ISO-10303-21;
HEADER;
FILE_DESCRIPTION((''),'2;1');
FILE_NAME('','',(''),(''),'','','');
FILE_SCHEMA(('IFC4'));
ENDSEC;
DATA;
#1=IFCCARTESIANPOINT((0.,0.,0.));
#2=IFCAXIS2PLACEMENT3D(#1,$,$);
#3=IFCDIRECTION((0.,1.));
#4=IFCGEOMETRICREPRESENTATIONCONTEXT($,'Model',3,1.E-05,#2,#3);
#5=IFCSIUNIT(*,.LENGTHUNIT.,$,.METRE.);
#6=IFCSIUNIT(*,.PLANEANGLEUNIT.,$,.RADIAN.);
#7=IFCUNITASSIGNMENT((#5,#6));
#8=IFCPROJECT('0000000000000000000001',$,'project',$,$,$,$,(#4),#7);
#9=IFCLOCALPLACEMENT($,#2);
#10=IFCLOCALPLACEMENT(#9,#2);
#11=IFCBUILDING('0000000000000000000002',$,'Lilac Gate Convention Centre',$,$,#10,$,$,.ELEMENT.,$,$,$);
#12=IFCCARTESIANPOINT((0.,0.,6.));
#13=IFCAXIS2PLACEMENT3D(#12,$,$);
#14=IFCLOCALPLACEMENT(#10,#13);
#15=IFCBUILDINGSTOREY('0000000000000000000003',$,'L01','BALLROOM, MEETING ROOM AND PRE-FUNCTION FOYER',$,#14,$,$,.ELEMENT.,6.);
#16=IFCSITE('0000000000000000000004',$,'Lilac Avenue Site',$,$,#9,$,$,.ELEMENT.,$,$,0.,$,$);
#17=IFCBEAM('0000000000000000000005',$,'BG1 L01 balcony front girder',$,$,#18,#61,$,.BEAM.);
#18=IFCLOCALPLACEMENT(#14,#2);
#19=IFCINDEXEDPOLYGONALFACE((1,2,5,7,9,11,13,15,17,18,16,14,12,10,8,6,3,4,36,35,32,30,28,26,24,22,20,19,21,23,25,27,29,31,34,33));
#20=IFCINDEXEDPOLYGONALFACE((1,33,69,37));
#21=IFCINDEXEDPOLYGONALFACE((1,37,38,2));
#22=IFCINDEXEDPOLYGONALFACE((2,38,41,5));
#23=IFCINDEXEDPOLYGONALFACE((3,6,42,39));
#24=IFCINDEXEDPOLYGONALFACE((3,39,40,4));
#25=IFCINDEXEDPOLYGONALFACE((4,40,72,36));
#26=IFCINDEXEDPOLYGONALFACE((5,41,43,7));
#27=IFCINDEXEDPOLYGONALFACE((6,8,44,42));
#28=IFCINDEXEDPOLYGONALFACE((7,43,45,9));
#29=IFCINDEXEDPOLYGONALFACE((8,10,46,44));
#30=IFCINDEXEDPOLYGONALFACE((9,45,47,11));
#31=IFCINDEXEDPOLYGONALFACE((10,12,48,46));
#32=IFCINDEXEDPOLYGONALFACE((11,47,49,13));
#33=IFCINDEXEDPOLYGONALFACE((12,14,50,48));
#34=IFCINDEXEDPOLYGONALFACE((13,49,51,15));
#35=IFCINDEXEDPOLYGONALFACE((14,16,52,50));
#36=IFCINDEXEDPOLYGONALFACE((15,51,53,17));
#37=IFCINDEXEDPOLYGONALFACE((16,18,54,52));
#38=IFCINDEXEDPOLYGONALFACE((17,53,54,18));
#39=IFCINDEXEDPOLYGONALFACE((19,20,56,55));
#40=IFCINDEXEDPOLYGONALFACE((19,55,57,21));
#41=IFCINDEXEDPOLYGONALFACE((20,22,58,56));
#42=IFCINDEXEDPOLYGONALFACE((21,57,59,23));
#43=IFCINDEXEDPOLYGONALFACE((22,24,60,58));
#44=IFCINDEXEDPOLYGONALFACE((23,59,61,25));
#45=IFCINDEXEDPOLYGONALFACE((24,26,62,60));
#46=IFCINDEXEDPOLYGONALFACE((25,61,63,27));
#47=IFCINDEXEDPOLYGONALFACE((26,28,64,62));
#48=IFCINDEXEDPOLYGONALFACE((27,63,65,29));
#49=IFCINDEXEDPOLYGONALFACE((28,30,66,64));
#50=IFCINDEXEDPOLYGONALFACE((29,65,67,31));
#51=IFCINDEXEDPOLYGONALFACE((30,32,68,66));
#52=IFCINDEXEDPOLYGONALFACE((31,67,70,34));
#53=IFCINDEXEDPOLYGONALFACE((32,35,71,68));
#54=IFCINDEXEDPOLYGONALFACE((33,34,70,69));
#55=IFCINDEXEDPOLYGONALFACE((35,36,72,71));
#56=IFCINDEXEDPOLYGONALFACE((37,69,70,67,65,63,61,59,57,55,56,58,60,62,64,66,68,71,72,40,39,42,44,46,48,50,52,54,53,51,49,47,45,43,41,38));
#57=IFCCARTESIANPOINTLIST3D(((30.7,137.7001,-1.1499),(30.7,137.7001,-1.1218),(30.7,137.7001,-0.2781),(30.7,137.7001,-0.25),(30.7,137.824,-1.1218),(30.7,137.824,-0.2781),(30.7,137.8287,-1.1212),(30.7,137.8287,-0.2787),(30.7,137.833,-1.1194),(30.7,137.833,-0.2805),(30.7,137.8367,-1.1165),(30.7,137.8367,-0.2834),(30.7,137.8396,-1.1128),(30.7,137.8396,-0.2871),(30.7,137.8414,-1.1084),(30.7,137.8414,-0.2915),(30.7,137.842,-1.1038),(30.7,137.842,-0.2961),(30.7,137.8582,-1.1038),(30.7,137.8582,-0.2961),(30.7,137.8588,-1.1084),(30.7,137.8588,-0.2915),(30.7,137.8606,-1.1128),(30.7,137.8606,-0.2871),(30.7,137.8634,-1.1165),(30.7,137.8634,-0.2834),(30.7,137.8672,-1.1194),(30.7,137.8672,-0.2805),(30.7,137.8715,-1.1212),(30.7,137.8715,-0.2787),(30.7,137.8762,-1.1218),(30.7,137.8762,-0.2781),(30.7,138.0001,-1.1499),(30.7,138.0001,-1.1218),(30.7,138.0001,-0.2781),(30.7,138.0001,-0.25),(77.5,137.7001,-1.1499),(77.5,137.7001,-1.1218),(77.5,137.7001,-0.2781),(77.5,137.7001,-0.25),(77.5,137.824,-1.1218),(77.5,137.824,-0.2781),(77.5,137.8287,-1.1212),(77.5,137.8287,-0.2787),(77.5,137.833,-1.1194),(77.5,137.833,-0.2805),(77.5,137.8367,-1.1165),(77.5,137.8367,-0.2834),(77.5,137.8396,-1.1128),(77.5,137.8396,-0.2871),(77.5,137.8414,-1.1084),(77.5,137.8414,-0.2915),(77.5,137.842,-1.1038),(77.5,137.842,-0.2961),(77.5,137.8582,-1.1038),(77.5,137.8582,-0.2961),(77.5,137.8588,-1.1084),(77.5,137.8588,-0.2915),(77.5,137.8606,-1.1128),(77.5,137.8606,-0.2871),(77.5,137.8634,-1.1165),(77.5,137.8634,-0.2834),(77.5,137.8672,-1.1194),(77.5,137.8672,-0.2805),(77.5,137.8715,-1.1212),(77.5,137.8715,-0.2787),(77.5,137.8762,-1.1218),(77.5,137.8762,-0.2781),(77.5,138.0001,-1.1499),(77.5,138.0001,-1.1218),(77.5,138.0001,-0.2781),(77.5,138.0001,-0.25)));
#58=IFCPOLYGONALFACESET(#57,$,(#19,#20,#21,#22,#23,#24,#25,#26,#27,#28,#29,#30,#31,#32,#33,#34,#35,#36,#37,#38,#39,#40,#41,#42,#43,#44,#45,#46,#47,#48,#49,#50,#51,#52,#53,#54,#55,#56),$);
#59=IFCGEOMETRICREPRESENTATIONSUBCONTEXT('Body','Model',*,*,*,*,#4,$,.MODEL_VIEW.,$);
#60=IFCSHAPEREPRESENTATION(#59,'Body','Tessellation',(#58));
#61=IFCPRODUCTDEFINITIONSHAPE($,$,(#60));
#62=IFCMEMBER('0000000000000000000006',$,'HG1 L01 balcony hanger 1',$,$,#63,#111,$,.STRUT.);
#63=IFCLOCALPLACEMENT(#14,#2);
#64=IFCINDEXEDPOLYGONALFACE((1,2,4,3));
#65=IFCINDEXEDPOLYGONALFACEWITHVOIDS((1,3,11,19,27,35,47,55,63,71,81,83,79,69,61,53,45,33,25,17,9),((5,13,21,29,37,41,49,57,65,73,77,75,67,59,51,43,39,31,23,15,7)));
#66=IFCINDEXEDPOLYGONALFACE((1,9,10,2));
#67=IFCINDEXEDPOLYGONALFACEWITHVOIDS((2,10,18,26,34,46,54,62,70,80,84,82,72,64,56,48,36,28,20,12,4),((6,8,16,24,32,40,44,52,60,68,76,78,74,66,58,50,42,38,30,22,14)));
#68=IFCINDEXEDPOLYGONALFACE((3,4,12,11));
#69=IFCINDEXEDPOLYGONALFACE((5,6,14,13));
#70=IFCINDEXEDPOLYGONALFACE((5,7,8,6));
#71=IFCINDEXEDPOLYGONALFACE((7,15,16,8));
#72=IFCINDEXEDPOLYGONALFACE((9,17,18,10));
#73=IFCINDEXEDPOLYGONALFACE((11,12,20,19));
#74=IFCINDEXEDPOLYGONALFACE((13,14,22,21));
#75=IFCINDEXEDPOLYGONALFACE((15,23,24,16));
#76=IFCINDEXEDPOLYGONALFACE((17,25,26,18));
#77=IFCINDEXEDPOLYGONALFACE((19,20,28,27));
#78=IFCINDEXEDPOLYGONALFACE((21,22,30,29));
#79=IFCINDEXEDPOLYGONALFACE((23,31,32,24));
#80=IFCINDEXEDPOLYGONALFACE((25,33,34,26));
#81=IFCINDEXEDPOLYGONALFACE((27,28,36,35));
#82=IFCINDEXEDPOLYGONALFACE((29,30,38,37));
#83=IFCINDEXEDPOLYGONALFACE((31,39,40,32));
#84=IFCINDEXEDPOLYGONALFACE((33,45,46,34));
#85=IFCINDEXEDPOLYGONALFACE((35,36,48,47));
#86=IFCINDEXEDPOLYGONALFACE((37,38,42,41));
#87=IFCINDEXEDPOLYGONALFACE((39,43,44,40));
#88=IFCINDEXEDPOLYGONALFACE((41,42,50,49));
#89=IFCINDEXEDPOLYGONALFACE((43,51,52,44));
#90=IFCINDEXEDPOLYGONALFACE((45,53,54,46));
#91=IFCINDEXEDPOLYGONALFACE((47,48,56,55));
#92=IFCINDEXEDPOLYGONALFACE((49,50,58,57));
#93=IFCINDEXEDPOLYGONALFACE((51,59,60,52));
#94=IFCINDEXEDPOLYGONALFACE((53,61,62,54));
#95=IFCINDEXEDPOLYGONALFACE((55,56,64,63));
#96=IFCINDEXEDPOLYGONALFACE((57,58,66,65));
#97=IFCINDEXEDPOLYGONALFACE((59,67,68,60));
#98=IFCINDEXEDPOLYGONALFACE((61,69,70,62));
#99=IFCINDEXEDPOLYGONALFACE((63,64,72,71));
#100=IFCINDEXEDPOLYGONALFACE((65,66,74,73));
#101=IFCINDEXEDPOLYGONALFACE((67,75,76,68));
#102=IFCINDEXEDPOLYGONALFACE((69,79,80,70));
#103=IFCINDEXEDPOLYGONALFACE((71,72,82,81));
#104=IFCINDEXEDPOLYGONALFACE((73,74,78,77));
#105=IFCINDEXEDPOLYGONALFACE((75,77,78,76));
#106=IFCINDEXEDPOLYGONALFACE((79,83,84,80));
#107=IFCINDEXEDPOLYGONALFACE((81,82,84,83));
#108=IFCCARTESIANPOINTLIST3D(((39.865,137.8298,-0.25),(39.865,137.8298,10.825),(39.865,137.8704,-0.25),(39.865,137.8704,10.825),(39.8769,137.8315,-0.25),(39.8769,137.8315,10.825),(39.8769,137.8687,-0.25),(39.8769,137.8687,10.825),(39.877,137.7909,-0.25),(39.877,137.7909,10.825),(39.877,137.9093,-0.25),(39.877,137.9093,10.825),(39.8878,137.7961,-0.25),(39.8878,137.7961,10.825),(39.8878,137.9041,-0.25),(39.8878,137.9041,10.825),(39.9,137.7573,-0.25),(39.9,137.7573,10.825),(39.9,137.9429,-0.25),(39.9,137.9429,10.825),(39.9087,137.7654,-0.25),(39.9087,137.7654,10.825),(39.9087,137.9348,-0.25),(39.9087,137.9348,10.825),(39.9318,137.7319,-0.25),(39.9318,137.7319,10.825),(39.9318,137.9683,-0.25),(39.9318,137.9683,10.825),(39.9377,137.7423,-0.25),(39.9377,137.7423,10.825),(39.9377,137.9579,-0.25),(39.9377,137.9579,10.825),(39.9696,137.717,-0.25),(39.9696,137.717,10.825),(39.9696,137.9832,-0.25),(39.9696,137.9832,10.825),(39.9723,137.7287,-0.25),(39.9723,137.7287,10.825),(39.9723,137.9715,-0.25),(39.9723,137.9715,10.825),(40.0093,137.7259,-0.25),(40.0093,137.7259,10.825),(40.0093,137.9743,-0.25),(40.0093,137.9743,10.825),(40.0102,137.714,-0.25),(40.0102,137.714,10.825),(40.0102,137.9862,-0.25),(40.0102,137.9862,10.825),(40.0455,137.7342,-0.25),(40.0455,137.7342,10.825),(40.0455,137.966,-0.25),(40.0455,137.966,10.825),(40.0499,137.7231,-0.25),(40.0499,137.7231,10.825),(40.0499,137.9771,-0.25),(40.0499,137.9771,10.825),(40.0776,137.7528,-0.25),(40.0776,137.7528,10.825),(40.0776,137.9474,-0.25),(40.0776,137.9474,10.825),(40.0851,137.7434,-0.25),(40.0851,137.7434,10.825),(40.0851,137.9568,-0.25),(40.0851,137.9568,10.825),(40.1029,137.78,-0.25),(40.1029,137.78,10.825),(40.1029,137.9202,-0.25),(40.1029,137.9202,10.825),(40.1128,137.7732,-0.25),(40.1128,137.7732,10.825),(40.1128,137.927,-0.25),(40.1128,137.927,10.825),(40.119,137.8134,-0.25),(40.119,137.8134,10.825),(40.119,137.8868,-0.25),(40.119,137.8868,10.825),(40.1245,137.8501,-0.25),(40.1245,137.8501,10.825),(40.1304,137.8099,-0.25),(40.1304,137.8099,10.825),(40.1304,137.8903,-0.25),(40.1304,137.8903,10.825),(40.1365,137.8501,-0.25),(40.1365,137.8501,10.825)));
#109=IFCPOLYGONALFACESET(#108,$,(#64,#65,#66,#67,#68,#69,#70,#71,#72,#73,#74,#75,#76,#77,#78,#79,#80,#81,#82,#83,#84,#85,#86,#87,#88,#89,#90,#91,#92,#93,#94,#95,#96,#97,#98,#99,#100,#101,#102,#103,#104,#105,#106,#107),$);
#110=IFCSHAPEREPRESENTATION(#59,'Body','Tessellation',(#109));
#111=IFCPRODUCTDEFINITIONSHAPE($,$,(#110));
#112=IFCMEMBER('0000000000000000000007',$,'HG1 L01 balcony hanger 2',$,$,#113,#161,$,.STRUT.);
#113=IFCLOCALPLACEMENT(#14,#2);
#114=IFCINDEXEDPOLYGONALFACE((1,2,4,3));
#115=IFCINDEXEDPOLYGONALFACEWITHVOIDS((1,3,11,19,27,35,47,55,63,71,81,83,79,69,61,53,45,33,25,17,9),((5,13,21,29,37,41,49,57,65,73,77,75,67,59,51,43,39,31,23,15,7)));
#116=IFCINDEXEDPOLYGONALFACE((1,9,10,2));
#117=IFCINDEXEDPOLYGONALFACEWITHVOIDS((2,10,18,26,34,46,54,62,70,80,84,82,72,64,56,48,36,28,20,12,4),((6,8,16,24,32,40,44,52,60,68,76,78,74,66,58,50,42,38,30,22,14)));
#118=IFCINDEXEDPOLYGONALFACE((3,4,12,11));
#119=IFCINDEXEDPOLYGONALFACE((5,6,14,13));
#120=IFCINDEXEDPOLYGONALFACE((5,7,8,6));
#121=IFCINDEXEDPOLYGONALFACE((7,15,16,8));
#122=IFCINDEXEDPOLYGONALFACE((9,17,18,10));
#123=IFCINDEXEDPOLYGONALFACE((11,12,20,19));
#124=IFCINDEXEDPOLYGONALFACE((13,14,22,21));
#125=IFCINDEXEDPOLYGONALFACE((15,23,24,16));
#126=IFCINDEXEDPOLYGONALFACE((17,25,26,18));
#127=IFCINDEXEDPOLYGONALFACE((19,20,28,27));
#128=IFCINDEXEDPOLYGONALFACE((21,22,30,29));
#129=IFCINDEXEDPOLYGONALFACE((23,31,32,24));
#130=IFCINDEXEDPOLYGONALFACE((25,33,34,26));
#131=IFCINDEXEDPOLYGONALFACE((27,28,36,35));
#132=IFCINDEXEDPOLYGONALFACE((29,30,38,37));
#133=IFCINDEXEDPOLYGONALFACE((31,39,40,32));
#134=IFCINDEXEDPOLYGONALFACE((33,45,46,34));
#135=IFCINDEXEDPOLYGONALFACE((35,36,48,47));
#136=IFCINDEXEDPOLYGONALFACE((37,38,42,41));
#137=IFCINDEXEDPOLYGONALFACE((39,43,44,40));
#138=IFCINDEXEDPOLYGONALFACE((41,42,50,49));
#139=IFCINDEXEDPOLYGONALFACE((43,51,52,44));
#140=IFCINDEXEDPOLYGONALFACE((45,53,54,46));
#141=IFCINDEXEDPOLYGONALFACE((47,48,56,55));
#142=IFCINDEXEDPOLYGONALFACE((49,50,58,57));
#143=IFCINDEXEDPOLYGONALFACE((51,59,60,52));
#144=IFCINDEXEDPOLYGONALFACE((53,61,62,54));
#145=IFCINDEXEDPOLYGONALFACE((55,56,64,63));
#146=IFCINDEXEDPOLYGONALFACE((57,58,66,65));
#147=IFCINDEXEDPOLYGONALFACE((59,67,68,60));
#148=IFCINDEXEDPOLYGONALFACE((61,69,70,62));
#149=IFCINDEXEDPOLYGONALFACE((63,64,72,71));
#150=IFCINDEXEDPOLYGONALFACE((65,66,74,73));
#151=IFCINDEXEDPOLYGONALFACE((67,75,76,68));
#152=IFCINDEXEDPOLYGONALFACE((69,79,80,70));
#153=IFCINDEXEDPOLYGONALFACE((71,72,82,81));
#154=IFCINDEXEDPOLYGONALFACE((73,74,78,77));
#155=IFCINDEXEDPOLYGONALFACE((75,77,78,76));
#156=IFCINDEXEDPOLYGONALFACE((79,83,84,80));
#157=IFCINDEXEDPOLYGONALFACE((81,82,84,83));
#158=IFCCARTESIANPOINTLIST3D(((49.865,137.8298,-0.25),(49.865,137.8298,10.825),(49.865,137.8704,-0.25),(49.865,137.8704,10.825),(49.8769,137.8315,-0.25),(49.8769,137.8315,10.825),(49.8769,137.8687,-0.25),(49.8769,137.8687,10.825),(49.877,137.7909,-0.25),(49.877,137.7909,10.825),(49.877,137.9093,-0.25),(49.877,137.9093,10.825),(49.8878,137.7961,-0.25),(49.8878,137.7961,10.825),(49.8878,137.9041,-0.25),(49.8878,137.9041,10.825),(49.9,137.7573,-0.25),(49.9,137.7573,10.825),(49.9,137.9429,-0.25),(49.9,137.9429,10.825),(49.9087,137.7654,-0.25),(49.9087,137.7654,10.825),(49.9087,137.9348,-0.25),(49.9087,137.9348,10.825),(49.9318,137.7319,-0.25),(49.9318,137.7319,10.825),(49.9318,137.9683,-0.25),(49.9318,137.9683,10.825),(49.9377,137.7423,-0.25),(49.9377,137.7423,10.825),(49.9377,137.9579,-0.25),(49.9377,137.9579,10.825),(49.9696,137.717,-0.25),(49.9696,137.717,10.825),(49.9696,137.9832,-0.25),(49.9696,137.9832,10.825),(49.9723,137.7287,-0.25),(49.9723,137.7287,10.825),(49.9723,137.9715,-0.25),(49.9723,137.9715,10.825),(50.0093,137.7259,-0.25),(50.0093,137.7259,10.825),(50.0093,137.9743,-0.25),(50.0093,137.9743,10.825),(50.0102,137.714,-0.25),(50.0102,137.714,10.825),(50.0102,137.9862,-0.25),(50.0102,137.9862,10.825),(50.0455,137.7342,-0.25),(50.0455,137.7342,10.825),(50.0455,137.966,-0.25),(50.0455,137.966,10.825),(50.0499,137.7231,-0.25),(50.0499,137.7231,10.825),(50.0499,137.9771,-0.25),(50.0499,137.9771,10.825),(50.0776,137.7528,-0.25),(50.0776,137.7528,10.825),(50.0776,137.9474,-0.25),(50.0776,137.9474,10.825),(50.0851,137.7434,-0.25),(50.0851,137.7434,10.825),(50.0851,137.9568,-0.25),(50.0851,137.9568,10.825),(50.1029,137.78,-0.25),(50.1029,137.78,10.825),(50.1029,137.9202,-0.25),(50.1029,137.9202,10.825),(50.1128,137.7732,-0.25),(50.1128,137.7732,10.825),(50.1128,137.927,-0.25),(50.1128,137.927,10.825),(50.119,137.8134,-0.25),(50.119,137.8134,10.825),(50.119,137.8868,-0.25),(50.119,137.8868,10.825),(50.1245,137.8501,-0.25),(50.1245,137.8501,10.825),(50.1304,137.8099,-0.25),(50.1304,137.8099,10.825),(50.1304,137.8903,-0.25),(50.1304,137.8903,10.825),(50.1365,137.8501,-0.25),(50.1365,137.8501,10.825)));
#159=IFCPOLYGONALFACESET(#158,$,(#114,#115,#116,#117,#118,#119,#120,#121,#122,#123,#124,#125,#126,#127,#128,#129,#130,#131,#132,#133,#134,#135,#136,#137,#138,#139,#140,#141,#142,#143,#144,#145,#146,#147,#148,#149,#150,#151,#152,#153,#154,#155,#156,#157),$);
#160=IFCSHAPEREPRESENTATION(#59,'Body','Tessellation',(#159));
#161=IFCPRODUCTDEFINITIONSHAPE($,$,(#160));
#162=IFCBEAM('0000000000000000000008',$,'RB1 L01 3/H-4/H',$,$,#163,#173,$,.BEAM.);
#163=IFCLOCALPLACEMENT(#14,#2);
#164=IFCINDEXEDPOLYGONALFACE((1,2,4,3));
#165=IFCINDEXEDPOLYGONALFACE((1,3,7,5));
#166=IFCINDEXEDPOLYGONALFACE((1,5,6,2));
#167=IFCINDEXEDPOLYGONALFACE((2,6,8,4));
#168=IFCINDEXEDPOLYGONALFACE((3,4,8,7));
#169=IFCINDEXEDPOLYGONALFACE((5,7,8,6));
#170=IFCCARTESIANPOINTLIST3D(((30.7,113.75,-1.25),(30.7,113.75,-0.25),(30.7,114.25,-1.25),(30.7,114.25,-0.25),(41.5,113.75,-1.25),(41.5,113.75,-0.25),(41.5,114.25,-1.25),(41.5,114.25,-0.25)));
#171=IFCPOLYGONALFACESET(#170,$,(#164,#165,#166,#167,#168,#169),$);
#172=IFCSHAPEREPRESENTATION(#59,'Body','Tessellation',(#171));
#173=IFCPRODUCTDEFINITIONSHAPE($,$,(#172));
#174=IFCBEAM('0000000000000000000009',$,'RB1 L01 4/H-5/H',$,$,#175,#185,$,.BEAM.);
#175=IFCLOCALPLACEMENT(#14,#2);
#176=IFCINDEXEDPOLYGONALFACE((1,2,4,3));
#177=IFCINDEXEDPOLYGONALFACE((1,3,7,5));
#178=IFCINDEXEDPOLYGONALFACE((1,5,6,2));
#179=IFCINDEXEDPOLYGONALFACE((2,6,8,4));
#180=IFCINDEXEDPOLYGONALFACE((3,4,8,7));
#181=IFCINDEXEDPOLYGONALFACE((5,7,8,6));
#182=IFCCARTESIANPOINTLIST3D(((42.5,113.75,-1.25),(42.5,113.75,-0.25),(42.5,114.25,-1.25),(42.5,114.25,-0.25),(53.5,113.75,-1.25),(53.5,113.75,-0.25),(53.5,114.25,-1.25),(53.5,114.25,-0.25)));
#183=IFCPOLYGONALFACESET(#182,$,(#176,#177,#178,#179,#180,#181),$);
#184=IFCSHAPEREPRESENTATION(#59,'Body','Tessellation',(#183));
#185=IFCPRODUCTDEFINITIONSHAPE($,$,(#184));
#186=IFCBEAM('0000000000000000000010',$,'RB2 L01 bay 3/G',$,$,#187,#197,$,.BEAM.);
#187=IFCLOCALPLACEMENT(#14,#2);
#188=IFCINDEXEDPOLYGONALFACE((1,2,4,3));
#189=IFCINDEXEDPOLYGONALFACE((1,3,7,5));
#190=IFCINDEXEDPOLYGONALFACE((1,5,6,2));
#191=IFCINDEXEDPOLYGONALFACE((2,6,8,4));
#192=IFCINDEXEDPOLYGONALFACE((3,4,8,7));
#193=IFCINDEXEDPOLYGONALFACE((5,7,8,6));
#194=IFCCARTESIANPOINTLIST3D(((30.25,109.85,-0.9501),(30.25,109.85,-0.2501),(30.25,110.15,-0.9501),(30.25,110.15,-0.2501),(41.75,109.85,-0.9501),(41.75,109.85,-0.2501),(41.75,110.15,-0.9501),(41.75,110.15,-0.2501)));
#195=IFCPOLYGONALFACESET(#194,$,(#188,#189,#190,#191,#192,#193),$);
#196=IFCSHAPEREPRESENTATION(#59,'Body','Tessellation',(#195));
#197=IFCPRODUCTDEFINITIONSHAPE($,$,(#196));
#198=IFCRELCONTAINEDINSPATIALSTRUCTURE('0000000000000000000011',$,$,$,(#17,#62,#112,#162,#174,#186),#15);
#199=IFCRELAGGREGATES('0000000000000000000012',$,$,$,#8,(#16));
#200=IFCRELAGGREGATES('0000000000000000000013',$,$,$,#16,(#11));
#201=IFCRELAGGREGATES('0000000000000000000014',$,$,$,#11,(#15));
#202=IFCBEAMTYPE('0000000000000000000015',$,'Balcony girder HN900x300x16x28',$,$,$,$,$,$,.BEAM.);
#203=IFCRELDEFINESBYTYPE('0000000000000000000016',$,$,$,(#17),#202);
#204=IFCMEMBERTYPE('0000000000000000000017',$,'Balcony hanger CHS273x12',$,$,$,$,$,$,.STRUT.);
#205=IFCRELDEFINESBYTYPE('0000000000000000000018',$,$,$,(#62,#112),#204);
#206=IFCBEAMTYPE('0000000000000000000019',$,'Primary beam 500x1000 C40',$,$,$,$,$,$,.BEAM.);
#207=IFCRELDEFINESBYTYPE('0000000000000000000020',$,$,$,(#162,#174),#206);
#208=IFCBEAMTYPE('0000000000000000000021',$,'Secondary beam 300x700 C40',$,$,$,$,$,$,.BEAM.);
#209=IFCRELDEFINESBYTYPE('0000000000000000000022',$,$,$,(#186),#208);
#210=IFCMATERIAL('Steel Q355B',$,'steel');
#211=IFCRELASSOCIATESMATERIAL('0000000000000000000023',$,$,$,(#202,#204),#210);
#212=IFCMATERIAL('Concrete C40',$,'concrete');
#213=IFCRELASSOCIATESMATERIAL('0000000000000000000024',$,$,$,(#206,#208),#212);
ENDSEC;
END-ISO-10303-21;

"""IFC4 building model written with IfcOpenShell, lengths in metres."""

from ifc_helpers import new_model, si_unit, direction, frame, origin, origin_2d, place, context, subcontext, project, spatial, rectangle, hollow_circle, i_section, extrude, material, material_profile, profile_set, type_object, element, save


model = new_model("IFC4")

# Units and contexts
model_context = context("Model", 3, precision=1e-05, world=origin(), true_north=direction((0.0, 1.0)))
body_context = subcontext(model_context, "Body", "Model", "MODEL_VIEW")
ifc_project = project(units=[si_unit("LENGTHUNIT", "METRE"), si_unit("PLANEANGLEUNIT", "RADIAN")], contexts=[model_context])

# Site, building, storey
site_placement = place(None, origin())
site = spatial("IfcSite", under=ifc_project, at=site_placement, Name="Lilac Avenue Site", CompositionType="ELEMENT", RefElevation=0.0)
building_placement = place(site_placement, origin())
building = spatial("IfcBuilding", under=site, at=building_placement, Name="Lilac Gate Convention Centre", CompositionType="ELEMENT")
storey_placement = place(building_placement, frame((0.0, 0.0, 6.0)))
storey = spatial("IfcBuildingStorey", under=building, at=storey_placement, Name="L01", Description="BALLROOM, MEETING ROOM AND PRE-FUNCTION FOYER", CompositionType="ELEMENT", Elevation=6.0)

# Shared definitions
ifc_material_1 = material(Name="Concrete C40", Category="concrete")

# Beam
ifc_material_2 = material(Name="Steel Q355B", Category="steel")
ifc_material_profile_1 = material_profile(ifc_material_2, i_section(OverallWidth=0.3, OverallDepth=0.8999, WebThickness=0.0161, FlangeThickness=0.0281, FilletRadius=0.0181, at=origin_2d()), Name="HN900x300x16x28")
ifc_profile_set_1 = profile_set([ifc_material_profile_1], Name="Steel Q355B")
beam_type_1 = type_object("IfcBeamType", Name="Balcony girder HN900x300x16x28", PredefinedType="BEAM", material=ifc_profile_set_1)
beam_1_placement = place(storey_placement, frame((30.7, 137.8501, -0.7), z_axis=(1.0, 0.0, 0.0), x_axis=(0.0, 1.0, 0.0)))
element("IfcBeam", 1, at=beam_1_placement, inside=storey, type_object=beam_type_1, Name="BG1 L01 balcony front girder", PredefinedType="BEAM", context=body_context, shape_type="SweptSolid", body=[
    extrude(i_section(OverallWidth=0.3, OverallDepth=0.8999, WebThickness=0.0161, FlangeThickness=0.0281, FilletRadius=0.0181, at=origin_2d()), origin(), (0.0, 0.0, 1.0), 46.8),
])

# Members
ifc_material_profile_2 = material_profile(ifc_material_2, hollow_circle(Radius=0.1365, WallThickness=0.012, at=origin_2d()), Name="CHS273x12")
ifc_profile_set_2 = profile_set([ifc_material_profile_2], Name="Steel Q355B")
member_type = type_object("IfcMemberType", Name="Balcony hanger CHS273x12", PredefinedType="STRUT", material=ifc_profile_set_2)
for number, where, z_axis, x_axis, name in (
    (2, (40.0, 137.8501, -0.25), (0.0, 0.0, 1.0), (1.0, 0.0, 0.0), "HG1 L01 balcony hanger 1"),
    (3, (50.0, 137.8501, -0.25), (0.0, 0.0, 1.0), (1.0, 0.0, 0.0), "HG1 L01 balcony hanger 2"),
):
    element("IfcMember", number, at=place(storey_placement, frame(where, z_axis=z_axis, x_axis=x_axis)), inside=storey, type_object=member_type, Name=name, PredefinedType="STRUT", context=body_context, shape_type="SweptSolid", body=[
        extrude(hollow_circle(Radius=0.1365, WallThickness=0.012, at=origin_2d()), origin(), (0.0, 0.0, 1.0), 11.075),
    ])

# Beams
ifc_material_profile_3 = material_profile(ifc_material_1, rectangle(XDim=0.5, YDim=1.0, at=origin_2d()), Name="RC 500x1000")
ifc_profile_set_3 = profile_set([ifc_material_profile_3], Name="Concrete C40")
beam_type_2 = type_object("IfcBeamType", Name="Primary beam 500x1000 C40", PredefinedType="BEAM", material=ifc_profile_set_3)
beam_2_placement = place(storey_placement, frame((30.7, 114.0, -0.75), z_axis=(1.0, 0.0, 0.0), x_axis=(0.0, 1.0, 0.0)))
element("IfcBeam", 4, at=beam_2_placement, inside=storey, type_object=beam_type_2, Name="RB1 L01 3/H-4/H", PredefinedType="BEAM", context=body_context, shape_type="SweptSolid", body=[
    extrude(rectangle(XDim=0.5, YDim=1.0, at=origin_2d()), origin(), (0.0, 0.0, 1.0), 10.8),
])
beam_3_placement = place(storey_placement, frame((42.5, 114.0, -0.75), z_axis=(1.0, 0.0, 0.0), x_axis=(0.0, 1.0, 0.0)))
element("IfcBeam", 5, at=beam_3_placement, inside=storey, type_object=beam_type_2, Name="RB1 L01 4/H-5/H", PredefinedType="BEAM", context=body_context, shape_type="SweptSolid", body=[
    extrude(rectangle(XDim=0.5, YDim=1.0, at=origin_2d()), origin(), (0.0, 0.0, 1.0), 11.0),
])
ifc_material_profile_4 = material_profile(ifc_material_1, rectangle(XDim=0.3, YDim=0.7, at=origin_2d()), Name="RC 300x700")
ifc_profile_set_4 = profile_set([ifc_material_profile_4], Name="Concrete C40")
beam_type_3 = type_object("IfcBeamType", Name="Secondary beam 300x700 C40", PredefinedType="BEAM", material=ifc_profile_set_4)
for number, where, z_axis, x_axis, name in (
    (6, (30.25, 110.0, -0.6001), (1.0, 0.0, 0.0), (0.0, 1.0, 0.0), "RB2 L01 bay 3/G"),
):
    element("IfcBeam", number, at=place(storey_placement, frame(where, z_axis=z_axis, x_axis=x_axis)), inside=storey, type_object=beam_type_3, Name=name, PredefinedType="BEAM", context=body_context, shape_type="SweptSolid", body=[
        extrude(rectangle(XDim=0.3, YDim=0.7, at=origin_2d()), origin(), (0.0, 0.0, 1.0), 11.5),
    ])

save(model, "model.ifc")
